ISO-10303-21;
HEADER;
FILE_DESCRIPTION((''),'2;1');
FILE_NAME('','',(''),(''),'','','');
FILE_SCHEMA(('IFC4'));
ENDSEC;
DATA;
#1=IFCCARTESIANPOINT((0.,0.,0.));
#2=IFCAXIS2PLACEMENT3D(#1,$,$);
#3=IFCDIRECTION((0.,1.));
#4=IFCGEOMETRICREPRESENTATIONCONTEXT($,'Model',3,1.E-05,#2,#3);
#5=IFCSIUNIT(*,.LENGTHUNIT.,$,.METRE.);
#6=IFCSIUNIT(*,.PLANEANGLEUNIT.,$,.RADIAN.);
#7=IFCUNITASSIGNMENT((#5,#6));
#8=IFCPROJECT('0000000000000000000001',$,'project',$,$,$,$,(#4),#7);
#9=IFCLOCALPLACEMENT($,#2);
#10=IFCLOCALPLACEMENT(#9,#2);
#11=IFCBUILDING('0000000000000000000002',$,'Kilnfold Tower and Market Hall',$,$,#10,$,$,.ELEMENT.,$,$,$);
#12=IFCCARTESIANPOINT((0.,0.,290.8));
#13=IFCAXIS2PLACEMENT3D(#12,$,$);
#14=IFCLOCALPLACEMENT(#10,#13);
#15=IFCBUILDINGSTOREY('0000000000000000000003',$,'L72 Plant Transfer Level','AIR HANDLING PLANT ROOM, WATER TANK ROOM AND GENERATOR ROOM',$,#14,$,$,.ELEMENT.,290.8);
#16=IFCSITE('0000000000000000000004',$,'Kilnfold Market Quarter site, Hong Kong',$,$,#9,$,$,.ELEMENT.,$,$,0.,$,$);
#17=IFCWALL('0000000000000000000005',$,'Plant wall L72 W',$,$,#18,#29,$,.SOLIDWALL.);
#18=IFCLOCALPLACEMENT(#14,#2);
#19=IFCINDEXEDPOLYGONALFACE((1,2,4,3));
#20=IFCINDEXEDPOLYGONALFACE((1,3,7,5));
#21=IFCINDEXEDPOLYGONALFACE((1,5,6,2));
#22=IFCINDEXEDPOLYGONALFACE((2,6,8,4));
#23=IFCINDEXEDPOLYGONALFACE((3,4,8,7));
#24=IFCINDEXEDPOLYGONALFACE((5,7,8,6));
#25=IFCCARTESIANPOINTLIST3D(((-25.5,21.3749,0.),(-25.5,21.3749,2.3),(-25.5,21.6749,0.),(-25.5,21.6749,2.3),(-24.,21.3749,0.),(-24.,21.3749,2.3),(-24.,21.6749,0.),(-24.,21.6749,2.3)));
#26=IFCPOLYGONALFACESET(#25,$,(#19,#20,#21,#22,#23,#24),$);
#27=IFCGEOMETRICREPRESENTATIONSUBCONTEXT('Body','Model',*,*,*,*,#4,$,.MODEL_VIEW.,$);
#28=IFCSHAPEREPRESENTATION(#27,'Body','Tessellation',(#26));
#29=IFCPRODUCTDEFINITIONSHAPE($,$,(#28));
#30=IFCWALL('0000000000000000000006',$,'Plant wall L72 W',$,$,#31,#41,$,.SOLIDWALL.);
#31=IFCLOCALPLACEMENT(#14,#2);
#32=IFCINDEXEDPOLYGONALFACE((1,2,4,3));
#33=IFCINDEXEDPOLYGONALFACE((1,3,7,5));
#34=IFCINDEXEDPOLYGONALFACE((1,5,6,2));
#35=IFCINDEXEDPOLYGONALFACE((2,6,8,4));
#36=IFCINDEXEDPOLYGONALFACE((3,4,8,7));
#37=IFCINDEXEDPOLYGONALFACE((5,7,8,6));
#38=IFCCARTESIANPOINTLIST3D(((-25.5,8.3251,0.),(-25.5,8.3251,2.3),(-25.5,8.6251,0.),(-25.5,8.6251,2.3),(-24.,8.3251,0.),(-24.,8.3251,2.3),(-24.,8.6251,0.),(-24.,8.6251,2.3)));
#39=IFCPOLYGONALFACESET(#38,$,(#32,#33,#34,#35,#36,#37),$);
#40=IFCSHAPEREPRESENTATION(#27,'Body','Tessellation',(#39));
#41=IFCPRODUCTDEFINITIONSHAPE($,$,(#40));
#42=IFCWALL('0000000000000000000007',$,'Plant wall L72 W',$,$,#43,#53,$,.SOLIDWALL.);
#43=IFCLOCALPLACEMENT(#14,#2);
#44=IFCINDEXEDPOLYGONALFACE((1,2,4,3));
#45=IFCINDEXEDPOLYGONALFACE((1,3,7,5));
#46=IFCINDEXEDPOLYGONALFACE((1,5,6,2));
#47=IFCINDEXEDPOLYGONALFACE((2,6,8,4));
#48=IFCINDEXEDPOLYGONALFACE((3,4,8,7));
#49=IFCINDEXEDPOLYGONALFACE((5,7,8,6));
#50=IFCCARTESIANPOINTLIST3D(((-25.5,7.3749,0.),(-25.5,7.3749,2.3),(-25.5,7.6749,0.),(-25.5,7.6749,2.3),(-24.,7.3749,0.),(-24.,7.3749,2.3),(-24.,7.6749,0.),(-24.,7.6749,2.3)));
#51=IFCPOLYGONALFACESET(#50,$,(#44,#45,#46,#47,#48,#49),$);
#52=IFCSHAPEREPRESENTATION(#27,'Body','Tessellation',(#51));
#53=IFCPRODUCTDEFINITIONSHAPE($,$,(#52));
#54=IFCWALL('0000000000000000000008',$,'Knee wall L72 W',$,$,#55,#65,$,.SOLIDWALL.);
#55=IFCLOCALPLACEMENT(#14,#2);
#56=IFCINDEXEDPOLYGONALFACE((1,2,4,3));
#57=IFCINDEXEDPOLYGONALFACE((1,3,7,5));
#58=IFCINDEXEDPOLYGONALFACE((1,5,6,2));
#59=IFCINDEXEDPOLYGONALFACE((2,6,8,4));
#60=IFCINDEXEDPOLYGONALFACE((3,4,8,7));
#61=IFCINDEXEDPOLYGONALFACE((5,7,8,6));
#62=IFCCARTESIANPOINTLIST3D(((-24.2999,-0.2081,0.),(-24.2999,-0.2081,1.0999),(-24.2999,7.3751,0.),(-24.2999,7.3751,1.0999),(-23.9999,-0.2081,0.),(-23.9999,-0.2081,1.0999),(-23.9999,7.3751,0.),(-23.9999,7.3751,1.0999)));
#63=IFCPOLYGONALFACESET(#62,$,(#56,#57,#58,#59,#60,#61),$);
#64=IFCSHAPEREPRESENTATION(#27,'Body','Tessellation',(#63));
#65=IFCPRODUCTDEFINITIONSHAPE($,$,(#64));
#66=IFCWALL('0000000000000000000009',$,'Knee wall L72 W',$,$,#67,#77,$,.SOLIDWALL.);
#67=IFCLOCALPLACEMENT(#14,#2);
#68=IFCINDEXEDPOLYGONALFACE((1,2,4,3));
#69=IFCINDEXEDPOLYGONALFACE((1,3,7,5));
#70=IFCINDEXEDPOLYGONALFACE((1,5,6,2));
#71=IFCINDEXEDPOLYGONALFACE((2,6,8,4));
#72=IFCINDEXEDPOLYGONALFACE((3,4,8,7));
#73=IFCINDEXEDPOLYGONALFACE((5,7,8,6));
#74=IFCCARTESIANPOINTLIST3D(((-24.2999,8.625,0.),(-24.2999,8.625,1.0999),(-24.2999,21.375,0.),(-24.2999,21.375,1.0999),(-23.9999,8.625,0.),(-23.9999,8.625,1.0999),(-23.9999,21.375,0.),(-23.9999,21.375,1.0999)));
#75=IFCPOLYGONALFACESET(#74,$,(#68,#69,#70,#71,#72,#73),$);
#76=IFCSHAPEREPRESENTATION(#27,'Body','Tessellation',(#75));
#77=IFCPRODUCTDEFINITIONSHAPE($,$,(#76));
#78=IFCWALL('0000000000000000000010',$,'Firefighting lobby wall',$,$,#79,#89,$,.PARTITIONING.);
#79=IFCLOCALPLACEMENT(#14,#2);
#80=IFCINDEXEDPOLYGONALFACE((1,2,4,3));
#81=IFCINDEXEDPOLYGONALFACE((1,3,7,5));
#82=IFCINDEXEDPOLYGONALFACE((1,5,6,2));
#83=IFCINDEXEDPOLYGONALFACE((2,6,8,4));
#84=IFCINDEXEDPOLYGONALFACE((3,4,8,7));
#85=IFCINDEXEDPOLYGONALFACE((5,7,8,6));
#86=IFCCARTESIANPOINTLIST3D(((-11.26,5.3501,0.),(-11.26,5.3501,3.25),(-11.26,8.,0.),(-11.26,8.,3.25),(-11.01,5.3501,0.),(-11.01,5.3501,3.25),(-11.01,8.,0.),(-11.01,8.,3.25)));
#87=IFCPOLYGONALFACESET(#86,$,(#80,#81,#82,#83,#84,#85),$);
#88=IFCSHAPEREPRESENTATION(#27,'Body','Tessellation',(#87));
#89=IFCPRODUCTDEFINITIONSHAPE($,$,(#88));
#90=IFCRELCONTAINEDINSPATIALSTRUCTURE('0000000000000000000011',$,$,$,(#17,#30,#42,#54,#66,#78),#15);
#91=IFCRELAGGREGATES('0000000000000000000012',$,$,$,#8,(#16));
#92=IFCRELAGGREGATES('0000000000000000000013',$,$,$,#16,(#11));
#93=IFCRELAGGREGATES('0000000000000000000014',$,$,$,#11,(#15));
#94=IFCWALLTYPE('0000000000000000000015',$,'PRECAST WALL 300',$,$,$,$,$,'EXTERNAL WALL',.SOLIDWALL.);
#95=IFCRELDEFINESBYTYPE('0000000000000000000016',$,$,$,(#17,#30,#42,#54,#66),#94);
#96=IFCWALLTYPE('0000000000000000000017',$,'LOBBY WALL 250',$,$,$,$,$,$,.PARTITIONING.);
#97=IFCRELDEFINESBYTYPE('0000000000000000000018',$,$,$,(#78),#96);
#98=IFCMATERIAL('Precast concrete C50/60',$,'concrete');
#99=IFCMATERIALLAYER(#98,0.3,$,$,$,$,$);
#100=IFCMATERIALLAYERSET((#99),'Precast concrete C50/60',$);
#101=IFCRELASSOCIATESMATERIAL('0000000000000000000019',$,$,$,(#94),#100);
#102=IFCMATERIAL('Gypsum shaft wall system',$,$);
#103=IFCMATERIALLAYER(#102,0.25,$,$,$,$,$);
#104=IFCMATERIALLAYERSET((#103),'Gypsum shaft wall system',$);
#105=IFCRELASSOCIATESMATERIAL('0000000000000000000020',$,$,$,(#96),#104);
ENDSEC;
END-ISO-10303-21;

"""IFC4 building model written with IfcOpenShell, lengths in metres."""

from ifc_helpers import new_model, si_unit, direction, frame, frame_2d, origin, place, context, subcontext, project, spatial, rectangle, extrude, source, transform, mapped, material, layer, layer_set, type_object, element, save


model = new_model("IFC4")

# Units and contexts
model_context = context("Model", 3, precision=1e-05, world=origin(), true_north=direction((0.0, 1.0)))
body_context = subcontext(model_context, "Body", "Model", "MODEL_VIEW")
ifc_project = project(units=[si_unit("LENGTHUNIT", "METRE"), si_unit("PLANEANGLEUNIT", "RADIAN")], contexts=[model_context])

# Site, building, storey
site_placement = place(None, origin())
site = spatial("IfcSite", under=ifc_project, at=site_placement, Name="Kilnfold Market Quarter site, Hong Kong", CompositionType="ELEMENT", RefElevation=0.0)
building_placement = place(site_placement, origin())
building = spatial("IfcBuilding", under=site, at=building_placement, Name="Kilnfold Tower and Market Hall", CompositionType="ELEMENT")
storey_placement = place(building_placement, frame((0.0, 0.0, 290.8)))
storey = spatial("IfcBuildingStorey", under=building, at=storey_placement, Name="L72 Plant Transfer Level", Description="AIR HANDLING PLANT ROOM, WATER TANK ROOM AND GENERATOR ROOM", CompositionType="ELEMENT", Elevation=290.8)

# Walls
ifc_material_1 = material(Name="Precast concrete C50/60", Category="concrete")
ifc_layer_1 = layer(ifc_material_1, 0.3)
ifc_layer_set_1 = layer_set([ifc_layer_1], Name="Precast concrete C50/60")
wall_type_1 = type_object("IfcWallType", Name="PRECAST WALL 300", ElementType="EXTERNAL WALL", PredefinedType="SOLIDWALL", material=ifc_layer_set_1)
shared_shape_1 = source(origin(), body_context, "Body", "SweptSolid", [
    extrude(rectangle(XDim=1.5, YDim=0.3, at=frame_2d((0.75, 0.0))), origin(), (0.0, 0.0, 1.0), 2.3),
])
for number, where, z_axis, x_axis, name in (
    (1, (-25.5, 21.5249, 0.0), (0.0, 0.0, 1.0), (1.0, 0.0, 0.0), "Plant wall L72 W"),
    (2, (-25.5, 8.4751, 0.0), (0.0, 0.0, 1.0), (1.0, 0.0, 0.0), "Plant wall L72 W"),
    (3, (-25.5, 7.5249, 0.0), (0.0, 0.0, 1.0), (1.0, 0.0, 0.0), "Plant wall L72 W"),
):
    element("IfcWall", number, at=place(storey_placement, frame(where, z_axis=z_axis, x_axis=x_axis)), inside=storey, type_object=wall_type_1, Name=name, PredefinedType="SOLIDWALL", context=body_context, shape_type="MappedRepresentation", body=[
        mapped(shared_shape_1, transform((0.0, 0.0, 0.0))),
    ])
shared_shape_2 = source(origin(), body_context, "Body", "SweptSolid", [
    extrude(rectangle(XDim=7.5833, YDim=0.3, at=frame_2d((3.7915, 0.0))), origin(), (0.0, 0.0, 1.0), 1.0999),
])
wall_1_placement = place(storey_placement, frame((-24.1499, 7.375, 0.0), z_axis=(0.0, 0.0, 1.0), x_axis=(0.0, -1.0, 0.0)))
element("IfcWall", 4, at=wall_1_placement, inside=storey, type_object=wall_type_1, Name="Knee wall L72 W", PredefinedType="SOLIDWALL", context=body_context, shape_type="MappedRepresentation", body=[
    mapped(shared_shape_2, transform((0.0, 0.0, 0.0))),
])
shared_shape_3 = source(origin(), body_context, "Body", "SweptSolid", [
    extrude(rectangle(XDim=12.75, YDim=0.3, at=frame_2d((6.375, 0.0))), origin(), (0.0, 0.0, 1.0), 1.0999),
])
wall_2_placement = place(storey_placement, frame((-24.1499, 21.375, 0.0), z_axis=(0.0, 0.0, 1.0), x_axis=(0.0, -1.0, 0.0)))
element("IfcWall", 5, at=wall_2_placement, inside=storey, type_object=wall_type_1, Name="Knee wall L72 W", PredefinedType="SOLIDWALL", context=body_context, shape_type="MappedRepresentation", body=[
    mapped(shared_shape_3, transform((0.0, 0.0, 0.0))),
])
ifc_material_2 = material(Name="Gypsum shaft wall system")
ifc_layer_2 = layer(ifc_material_2, 0.25)
ifc_layer_set_2 = layer_set([ifc_layer_2], Name="Gypsum shaft wall system")
wall_type_2 = type_object("IfcWallType", Name="LOBBY WALL 250", PredefinedType="PARTITIONING", material=ifc_layer_set_2)
shared_shape_4 = source(origin(), body_context, "Body", "SweptSolid", [
    extrude(rectangle(XDim=2.6499, YDim=0.25, at=frame_2d((1.325, 0.0))), origin(), (0.0, 0.0, 1.0), 3.25),
])
wall_3_placement = place(storey_placement, frame((-11.135, 5.3501, 0.0), z_axis=(0.0, 0.0, 1.0), x_axis=(0.0, 1.0, 0.0)))
element("IfcWall", 6, at=wall_3_placement, inside=storey, type_object=wall_type_2, Name="Firefighting lobby wall", PredefinedType="PARTITIONING", context=body_context, shape_type="MappedRepresentation", body=[
    mapped(shared_shape_4, transform((0.0, 0.0, 0.0))),
])

save(model, "model.ifc")
